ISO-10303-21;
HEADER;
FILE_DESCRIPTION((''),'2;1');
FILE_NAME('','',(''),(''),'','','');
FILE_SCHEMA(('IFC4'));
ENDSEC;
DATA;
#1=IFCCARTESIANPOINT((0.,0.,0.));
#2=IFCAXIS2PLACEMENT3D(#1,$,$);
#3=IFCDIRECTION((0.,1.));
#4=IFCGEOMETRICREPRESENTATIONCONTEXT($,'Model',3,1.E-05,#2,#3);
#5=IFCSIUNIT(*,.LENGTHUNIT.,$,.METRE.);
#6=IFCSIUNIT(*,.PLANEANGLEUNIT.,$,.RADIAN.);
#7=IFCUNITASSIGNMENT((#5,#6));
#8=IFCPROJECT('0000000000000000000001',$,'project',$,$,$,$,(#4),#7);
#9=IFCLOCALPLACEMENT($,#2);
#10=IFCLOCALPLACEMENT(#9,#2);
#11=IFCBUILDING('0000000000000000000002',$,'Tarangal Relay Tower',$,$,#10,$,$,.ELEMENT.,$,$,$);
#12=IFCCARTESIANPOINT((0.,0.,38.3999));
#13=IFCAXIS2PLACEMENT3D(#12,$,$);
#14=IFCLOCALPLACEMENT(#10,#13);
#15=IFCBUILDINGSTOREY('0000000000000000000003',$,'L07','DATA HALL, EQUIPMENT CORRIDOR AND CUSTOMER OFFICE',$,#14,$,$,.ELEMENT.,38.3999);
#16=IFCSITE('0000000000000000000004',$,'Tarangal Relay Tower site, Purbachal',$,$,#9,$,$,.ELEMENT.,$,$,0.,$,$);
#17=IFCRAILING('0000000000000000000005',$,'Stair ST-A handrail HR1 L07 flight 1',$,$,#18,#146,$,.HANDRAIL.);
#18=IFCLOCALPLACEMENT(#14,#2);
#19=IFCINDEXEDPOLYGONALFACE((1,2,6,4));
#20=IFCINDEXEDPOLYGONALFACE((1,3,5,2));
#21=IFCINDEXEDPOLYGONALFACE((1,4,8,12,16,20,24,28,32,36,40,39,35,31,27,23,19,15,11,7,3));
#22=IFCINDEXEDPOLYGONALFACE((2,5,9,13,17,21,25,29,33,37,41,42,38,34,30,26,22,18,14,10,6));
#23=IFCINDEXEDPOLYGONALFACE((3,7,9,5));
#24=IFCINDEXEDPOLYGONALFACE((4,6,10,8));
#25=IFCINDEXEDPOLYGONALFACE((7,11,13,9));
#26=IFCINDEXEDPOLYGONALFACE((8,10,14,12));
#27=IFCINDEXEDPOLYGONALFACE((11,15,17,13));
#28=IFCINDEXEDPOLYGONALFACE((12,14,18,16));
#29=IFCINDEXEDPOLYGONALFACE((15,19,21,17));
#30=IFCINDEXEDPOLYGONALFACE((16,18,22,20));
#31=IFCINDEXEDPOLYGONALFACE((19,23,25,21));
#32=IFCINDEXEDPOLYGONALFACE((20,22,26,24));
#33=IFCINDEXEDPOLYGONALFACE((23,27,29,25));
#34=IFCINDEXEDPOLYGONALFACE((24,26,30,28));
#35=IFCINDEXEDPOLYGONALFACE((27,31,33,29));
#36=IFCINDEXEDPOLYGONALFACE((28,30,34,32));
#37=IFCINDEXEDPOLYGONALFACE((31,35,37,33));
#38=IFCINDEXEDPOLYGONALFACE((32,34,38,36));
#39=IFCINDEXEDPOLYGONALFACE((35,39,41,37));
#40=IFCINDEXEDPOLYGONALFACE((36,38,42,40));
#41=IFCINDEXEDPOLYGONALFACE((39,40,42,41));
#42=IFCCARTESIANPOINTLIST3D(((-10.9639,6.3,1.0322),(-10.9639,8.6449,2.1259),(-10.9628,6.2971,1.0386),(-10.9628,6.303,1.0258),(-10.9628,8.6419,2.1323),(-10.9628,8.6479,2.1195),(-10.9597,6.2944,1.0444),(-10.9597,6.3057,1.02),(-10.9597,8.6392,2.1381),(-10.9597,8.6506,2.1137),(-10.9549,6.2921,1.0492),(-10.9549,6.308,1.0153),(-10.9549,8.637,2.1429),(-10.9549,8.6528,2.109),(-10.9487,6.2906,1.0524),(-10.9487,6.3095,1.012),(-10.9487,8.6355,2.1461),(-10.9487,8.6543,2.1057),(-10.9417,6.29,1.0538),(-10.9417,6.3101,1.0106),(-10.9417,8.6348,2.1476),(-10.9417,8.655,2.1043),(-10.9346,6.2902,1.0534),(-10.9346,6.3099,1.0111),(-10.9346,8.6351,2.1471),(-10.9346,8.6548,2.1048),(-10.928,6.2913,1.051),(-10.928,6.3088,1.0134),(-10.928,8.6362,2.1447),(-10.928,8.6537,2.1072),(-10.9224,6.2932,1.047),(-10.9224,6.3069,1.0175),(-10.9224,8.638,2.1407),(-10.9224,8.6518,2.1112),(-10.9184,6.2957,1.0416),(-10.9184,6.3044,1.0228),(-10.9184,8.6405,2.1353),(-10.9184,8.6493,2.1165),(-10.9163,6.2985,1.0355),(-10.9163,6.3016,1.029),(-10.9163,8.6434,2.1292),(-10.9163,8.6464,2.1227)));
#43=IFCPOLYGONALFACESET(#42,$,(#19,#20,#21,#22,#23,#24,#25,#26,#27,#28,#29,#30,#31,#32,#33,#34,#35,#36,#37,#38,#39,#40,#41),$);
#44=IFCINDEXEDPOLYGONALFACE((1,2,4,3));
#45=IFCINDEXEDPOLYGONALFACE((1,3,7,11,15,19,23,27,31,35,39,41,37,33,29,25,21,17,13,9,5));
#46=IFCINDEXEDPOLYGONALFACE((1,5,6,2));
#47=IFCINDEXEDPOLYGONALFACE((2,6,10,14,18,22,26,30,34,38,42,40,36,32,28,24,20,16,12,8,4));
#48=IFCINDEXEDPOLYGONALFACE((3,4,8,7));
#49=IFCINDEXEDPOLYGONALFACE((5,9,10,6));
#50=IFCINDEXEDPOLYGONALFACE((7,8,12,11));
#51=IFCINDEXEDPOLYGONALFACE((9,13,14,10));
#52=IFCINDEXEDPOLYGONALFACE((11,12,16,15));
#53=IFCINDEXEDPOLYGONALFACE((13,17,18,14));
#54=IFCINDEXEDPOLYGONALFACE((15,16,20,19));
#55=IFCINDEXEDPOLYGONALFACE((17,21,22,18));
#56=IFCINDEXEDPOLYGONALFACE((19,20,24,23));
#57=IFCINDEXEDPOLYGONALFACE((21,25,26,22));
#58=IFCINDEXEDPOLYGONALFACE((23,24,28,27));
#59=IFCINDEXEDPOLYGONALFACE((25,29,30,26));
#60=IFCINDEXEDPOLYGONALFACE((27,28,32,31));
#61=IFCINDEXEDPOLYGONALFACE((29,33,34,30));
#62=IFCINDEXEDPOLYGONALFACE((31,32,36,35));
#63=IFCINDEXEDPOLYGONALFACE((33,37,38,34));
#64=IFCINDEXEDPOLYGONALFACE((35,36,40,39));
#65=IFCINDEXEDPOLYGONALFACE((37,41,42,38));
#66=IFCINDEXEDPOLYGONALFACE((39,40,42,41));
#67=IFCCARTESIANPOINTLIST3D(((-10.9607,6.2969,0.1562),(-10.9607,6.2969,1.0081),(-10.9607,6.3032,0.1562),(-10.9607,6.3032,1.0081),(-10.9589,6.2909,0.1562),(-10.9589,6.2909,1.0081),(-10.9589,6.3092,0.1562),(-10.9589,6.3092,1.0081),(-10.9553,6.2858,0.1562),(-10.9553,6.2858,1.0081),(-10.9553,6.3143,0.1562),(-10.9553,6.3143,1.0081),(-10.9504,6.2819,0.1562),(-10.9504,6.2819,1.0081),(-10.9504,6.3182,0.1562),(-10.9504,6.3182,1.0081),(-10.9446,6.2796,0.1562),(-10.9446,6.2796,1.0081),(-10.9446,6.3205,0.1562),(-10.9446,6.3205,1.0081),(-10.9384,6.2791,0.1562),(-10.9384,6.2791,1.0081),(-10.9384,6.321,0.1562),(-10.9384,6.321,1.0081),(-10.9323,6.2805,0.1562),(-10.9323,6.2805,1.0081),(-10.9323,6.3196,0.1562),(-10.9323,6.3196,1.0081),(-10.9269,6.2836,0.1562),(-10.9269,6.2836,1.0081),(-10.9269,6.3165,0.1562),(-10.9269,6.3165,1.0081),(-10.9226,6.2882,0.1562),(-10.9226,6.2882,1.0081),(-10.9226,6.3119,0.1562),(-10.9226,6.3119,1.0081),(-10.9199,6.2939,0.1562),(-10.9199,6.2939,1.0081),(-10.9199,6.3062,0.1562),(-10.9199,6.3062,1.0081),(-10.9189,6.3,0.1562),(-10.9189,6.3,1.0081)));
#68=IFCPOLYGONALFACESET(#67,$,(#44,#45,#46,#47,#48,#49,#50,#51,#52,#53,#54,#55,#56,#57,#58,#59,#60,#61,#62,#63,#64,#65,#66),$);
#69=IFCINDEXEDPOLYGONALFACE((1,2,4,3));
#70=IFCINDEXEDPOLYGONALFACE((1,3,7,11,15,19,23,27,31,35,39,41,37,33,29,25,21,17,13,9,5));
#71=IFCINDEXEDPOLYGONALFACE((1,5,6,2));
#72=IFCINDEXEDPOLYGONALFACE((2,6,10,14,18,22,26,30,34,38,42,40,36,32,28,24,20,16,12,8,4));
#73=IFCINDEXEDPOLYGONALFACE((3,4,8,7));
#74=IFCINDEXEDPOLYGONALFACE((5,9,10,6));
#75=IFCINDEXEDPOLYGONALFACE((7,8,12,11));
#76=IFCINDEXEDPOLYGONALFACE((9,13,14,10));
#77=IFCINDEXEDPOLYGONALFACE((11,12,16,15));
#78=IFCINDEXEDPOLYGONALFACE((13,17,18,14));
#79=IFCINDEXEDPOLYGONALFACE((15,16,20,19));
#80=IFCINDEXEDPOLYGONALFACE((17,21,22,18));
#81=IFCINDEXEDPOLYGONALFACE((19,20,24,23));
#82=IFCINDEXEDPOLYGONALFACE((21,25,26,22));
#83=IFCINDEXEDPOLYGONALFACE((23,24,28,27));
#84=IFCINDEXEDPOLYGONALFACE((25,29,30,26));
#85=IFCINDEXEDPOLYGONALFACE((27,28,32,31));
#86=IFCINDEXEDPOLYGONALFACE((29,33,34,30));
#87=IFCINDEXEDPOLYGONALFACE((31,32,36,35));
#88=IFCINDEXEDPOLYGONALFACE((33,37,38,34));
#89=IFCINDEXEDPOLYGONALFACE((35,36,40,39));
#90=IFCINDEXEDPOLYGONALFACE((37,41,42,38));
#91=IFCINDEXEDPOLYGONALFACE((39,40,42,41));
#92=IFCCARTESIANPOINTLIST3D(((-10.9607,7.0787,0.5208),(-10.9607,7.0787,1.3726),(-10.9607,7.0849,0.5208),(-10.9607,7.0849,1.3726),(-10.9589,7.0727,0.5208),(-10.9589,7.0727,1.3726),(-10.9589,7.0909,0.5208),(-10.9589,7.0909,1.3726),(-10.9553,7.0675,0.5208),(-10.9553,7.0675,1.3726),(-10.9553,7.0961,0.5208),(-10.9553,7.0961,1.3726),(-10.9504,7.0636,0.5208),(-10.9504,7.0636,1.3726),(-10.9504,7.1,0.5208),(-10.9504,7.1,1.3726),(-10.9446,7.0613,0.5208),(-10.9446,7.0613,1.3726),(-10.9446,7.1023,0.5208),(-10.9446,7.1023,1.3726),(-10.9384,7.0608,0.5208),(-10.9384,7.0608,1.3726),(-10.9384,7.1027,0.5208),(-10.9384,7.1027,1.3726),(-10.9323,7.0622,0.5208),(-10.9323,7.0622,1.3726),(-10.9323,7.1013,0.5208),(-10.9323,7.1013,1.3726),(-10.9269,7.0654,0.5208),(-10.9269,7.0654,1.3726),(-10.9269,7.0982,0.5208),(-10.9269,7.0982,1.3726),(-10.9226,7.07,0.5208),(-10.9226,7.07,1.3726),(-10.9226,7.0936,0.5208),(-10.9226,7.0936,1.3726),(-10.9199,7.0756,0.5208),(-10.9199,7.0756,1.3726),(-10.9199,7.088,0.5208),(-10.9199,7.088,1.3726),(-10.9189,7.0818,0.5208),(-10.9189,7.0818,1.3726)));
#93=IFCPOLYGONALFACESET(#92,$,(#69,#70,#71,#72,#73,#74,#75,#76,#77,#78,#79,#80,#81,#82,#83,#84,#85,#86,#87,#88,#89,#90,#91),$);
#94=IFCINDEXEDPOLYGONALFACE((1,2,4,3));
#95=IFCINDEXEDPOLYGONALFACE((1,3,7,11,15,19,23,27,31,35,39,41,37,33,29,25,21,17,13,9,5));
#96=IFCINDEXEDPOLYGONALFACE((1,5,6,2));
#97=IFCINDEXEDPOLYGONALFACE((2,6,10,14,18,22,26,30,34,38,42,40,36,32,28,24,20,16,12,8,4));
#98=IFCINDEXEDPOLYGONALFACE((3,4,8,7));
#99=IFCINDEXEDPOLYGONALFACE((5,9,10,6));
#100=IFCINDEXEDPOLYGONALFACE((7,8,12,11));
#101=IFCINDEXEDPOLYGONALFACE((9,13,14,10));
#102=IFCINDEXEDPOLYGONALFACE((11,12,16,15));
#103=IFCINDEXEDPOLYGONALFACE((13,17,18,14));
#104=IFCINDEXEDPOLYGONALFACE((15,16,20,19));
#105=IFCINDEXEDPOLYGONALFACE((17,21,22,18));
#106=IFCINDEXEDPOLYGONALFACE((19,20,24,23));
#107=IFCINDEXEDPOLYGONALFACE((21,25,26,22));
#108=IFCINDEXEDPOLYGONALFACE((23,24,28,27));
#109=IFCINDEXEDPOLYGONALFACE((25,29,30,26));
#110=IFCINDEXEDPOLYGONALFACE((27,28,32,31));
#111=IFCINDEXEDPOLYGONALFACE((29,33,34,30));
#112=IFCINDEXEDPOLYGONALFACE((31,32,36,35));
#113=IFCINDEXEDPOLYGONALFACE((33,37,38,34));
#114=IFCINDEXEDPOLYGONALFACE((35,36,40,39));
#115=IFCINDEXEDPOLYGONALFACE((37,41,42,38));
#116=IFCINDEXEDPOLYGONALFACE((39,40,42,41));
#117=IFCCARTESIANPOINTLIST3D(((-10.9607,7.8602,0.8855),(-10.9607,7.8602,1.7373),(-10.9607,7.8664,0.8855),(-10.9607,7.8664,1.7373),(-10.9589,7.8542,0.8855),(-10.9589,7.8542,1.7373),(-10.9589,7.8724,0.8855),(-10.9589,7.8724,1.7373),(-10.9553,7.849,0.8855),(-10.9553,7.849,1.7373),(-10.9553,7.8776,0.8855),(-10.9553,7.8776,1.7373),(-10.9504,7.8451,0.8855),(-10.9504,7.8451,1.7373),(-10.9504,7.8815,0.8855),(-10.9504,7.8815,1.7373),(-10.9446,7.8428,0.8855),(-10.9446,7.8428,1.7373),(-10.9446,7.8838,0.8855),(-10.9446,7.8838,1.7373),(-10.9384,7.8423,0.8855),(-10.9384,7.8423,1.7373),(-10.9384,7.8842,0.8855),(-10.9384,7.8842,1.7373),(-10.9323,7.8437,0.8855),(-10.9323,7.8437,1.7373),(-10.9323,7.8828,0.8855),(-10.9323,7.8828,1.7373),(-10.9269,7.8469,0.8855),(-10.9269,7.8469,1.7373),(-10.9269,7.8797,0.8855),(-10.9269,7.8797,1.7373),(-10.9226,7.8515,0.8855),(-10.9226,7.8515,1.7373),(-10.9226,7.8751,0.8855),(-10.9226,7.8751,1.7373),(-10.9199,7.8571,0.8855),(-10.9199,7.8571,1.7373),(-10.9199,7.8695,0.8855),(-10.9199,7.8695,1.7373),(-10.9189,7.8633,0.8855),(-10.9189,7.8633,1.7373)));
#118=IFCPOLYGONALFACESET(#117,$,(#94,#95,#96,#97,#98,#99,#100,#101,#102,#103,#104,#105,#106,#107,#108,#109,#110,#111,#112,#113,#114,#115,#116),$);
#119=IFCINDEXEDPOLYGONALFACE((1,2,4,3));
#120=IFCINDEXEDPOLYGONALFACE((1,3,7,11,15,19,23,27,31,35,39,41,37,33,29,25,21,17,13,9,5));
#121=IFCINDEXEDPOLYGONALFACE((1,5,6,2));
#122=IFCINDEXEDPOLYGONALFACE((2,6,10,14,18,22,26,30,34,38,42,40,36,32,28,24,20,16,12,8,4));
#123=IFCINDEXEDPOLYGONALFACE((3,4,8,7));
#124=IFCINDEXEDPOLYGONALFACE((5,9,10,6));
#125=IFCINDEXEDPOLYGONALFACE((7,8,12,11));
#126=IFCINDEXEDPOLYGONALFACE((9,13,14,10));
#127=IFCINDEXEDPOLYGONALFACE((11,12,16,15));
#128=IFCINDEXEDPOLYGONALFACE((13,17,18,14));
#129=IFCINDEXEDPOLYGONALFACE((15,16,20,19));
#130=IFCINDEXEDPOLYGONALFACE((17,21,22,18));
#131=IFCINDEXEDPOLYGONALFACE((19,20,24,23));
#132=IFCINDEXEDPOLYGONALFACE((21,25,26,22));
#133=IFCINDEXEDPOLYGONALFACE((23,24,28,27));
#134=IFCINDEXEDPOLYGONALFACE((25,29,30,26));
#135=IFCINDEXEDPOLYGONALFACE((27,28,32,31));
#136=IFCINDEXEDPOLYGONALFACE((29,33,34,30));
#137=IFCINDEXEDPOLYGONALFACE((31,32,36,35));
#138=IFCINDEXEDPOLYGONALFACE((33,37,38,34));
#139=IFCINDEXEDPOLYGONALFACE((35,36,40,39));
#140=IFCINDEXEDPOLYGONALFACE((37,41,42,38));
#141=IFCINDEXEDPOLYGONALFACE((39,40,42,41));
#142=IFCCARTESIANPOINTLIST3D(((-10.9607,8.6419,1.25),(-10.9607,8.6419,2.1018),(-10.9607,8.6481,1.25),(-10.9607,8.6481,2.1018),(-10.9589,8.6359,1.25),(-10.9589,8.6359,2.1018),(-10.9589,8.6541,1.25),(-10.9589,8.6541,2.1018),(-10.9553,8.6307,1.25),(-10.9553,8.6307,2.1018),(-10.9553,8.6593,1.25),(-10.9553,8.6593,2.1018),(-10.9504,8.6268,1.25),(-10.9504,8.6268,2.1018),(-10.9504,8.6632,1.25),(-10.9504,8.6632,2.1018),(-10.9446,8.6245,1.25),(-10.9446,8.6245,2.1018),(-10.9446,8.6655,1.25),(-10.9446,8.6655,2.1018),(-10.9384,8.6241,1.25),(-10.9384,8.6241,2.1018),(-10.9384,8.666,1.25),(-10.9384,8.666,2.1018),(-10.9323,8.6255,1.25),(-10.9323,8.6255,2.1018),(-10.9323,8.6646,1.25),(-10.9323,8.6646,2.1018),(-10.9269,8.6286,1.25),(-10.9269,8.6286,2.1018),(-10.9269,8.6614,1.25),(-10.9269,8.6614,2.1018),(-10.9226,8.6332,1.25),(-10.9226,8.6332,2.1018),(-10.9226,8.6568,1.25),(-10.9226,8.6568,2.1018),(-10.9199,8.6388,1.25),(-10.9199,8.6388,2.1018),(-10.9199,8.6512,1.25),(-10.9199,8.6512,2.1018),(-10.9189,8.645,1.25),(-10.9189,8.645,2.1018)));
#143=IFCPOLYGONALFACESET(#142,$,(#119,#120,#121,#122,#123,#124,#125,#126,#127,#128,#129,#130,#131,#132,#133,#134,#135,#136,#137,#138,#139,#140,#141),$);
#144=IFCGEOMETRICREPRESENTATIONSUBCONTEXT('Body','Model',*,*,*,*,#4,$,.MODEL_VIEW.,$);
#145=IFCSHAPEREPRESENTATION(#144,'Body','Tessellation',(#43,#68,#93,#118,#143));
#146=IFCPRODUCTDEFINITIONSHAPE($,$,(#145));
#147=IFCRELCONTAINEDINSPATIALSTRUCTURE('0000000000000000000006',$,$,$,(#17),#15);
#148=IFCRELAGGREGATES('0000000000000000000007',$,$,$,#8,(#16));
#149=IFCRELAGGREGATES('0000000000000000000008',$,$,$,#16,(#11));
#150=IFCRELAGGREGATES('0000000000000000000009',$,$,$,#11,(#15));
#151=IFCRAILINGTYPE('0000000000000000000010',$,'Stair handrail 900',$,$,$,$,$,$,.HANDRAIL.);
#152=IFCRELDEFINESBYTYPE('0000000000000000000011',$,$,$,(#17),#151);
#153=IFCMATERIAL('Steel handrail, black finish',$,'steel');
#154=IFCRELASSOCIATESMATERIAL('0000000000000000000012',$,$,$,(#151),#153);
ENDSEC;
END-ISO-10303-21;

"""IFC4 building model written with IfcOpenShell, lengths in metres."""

from ifc_helpers import new_model, si_unit, direction, frame, origin, origin_2d, place, context, subcontext, project, spatial, circle, extrude, material, type_object, element, save


model = new_model("IFC4")

# Units and contexts
model_context = context("Model", 3, precision=1e-05, world=origin(), true_north=direction((0.0, 1.0)))
body_context = subcontext(model_context, "Body", "Model", "MODEL_VIEW")
ifc_project = project(units=[si_unit("LENGTHUNIT", "METRE"), si_unit("PLANEANGLEUNIT", "RADIAN")], contexts=[model_context])

# Site, building, storey
site_placement = place(None, origin())
site = spatial("IfcSite", under=ifc_project, at=site_placement, Name="Tarangal Relay Tower site, Purbachal", CompositionType="ELEMENT", RefElevation=0.0)
building_placement = place(site_placement, origin())
building = spatial("IfcBuilding", under=site, at=building_placement, Name="Tarangal Relay Tower", CompositionType="ELEMENT")
storey_placement = place(building_placement, frame((0.0, 0.0, 38.3999)))
storey = spatial("IfcBuildingStorey", under=building, at=storey_placement, Name="L07", Description="DATA HALL, EQUIPMENT CORRIDOR AND CUSTOMER OFFICE", CompositionType="ELEMENT", Elevation=38.3999)

# Railing
ifc_material_1 = material(Name="Steel handrail, black finish", Category="steel")
railing_type_1 = type_object("IfcRailingType", Name="Stair handrail 900", PredefinedType="HANDRAIL", material=ifc_material_1)
for number, where, name in (
    (1, (-10.9399, 6.3, 0.1562), "Stair ST-A handrail HR1 L07 flight 1"),
):
    element("IfcRailing", number, at=place(storey_placement, frame(where)), inside=storey, type_object=railing_type_1, Name=name, PredefinedType="HANDRAIL", context=body_context, shape_type="SweptSolid", body=[
        extrude(circle(Radius=0.0239, at=origin_2d()), frame((0.0, 0.0, 0.876), z_axis=(0.0, 0.906267, 0.422705), x_axis=(-1.0, 0.0, 0.0)), (0.0, 0.0, 1.0), 2.5874),
        extrude(circle(Radius=0.021, at=origin_2d()), origin(), (0.0, 0.0, 1.0), 0.8518),
        extrude(circle(Radius=0.021, at=origin_2d()), frame((0.0, 0.7817, 0.3645)), (0.0, 0.0, 1.0), 0.8518),
        extrude(circle(Radius=0.021, at=origin_2d()), frame((0.0, 1.5632, 0.7292)), (0.0, 0.0, 1.0), 0.8518),
        extrude(circle(Radius=0.021, at=origin_2d()), frame((0.0, 2.345, 1.0938)), (0.0, 0.0, 1.0), 0.8518),
    ])

save(model, "model.ifc")
